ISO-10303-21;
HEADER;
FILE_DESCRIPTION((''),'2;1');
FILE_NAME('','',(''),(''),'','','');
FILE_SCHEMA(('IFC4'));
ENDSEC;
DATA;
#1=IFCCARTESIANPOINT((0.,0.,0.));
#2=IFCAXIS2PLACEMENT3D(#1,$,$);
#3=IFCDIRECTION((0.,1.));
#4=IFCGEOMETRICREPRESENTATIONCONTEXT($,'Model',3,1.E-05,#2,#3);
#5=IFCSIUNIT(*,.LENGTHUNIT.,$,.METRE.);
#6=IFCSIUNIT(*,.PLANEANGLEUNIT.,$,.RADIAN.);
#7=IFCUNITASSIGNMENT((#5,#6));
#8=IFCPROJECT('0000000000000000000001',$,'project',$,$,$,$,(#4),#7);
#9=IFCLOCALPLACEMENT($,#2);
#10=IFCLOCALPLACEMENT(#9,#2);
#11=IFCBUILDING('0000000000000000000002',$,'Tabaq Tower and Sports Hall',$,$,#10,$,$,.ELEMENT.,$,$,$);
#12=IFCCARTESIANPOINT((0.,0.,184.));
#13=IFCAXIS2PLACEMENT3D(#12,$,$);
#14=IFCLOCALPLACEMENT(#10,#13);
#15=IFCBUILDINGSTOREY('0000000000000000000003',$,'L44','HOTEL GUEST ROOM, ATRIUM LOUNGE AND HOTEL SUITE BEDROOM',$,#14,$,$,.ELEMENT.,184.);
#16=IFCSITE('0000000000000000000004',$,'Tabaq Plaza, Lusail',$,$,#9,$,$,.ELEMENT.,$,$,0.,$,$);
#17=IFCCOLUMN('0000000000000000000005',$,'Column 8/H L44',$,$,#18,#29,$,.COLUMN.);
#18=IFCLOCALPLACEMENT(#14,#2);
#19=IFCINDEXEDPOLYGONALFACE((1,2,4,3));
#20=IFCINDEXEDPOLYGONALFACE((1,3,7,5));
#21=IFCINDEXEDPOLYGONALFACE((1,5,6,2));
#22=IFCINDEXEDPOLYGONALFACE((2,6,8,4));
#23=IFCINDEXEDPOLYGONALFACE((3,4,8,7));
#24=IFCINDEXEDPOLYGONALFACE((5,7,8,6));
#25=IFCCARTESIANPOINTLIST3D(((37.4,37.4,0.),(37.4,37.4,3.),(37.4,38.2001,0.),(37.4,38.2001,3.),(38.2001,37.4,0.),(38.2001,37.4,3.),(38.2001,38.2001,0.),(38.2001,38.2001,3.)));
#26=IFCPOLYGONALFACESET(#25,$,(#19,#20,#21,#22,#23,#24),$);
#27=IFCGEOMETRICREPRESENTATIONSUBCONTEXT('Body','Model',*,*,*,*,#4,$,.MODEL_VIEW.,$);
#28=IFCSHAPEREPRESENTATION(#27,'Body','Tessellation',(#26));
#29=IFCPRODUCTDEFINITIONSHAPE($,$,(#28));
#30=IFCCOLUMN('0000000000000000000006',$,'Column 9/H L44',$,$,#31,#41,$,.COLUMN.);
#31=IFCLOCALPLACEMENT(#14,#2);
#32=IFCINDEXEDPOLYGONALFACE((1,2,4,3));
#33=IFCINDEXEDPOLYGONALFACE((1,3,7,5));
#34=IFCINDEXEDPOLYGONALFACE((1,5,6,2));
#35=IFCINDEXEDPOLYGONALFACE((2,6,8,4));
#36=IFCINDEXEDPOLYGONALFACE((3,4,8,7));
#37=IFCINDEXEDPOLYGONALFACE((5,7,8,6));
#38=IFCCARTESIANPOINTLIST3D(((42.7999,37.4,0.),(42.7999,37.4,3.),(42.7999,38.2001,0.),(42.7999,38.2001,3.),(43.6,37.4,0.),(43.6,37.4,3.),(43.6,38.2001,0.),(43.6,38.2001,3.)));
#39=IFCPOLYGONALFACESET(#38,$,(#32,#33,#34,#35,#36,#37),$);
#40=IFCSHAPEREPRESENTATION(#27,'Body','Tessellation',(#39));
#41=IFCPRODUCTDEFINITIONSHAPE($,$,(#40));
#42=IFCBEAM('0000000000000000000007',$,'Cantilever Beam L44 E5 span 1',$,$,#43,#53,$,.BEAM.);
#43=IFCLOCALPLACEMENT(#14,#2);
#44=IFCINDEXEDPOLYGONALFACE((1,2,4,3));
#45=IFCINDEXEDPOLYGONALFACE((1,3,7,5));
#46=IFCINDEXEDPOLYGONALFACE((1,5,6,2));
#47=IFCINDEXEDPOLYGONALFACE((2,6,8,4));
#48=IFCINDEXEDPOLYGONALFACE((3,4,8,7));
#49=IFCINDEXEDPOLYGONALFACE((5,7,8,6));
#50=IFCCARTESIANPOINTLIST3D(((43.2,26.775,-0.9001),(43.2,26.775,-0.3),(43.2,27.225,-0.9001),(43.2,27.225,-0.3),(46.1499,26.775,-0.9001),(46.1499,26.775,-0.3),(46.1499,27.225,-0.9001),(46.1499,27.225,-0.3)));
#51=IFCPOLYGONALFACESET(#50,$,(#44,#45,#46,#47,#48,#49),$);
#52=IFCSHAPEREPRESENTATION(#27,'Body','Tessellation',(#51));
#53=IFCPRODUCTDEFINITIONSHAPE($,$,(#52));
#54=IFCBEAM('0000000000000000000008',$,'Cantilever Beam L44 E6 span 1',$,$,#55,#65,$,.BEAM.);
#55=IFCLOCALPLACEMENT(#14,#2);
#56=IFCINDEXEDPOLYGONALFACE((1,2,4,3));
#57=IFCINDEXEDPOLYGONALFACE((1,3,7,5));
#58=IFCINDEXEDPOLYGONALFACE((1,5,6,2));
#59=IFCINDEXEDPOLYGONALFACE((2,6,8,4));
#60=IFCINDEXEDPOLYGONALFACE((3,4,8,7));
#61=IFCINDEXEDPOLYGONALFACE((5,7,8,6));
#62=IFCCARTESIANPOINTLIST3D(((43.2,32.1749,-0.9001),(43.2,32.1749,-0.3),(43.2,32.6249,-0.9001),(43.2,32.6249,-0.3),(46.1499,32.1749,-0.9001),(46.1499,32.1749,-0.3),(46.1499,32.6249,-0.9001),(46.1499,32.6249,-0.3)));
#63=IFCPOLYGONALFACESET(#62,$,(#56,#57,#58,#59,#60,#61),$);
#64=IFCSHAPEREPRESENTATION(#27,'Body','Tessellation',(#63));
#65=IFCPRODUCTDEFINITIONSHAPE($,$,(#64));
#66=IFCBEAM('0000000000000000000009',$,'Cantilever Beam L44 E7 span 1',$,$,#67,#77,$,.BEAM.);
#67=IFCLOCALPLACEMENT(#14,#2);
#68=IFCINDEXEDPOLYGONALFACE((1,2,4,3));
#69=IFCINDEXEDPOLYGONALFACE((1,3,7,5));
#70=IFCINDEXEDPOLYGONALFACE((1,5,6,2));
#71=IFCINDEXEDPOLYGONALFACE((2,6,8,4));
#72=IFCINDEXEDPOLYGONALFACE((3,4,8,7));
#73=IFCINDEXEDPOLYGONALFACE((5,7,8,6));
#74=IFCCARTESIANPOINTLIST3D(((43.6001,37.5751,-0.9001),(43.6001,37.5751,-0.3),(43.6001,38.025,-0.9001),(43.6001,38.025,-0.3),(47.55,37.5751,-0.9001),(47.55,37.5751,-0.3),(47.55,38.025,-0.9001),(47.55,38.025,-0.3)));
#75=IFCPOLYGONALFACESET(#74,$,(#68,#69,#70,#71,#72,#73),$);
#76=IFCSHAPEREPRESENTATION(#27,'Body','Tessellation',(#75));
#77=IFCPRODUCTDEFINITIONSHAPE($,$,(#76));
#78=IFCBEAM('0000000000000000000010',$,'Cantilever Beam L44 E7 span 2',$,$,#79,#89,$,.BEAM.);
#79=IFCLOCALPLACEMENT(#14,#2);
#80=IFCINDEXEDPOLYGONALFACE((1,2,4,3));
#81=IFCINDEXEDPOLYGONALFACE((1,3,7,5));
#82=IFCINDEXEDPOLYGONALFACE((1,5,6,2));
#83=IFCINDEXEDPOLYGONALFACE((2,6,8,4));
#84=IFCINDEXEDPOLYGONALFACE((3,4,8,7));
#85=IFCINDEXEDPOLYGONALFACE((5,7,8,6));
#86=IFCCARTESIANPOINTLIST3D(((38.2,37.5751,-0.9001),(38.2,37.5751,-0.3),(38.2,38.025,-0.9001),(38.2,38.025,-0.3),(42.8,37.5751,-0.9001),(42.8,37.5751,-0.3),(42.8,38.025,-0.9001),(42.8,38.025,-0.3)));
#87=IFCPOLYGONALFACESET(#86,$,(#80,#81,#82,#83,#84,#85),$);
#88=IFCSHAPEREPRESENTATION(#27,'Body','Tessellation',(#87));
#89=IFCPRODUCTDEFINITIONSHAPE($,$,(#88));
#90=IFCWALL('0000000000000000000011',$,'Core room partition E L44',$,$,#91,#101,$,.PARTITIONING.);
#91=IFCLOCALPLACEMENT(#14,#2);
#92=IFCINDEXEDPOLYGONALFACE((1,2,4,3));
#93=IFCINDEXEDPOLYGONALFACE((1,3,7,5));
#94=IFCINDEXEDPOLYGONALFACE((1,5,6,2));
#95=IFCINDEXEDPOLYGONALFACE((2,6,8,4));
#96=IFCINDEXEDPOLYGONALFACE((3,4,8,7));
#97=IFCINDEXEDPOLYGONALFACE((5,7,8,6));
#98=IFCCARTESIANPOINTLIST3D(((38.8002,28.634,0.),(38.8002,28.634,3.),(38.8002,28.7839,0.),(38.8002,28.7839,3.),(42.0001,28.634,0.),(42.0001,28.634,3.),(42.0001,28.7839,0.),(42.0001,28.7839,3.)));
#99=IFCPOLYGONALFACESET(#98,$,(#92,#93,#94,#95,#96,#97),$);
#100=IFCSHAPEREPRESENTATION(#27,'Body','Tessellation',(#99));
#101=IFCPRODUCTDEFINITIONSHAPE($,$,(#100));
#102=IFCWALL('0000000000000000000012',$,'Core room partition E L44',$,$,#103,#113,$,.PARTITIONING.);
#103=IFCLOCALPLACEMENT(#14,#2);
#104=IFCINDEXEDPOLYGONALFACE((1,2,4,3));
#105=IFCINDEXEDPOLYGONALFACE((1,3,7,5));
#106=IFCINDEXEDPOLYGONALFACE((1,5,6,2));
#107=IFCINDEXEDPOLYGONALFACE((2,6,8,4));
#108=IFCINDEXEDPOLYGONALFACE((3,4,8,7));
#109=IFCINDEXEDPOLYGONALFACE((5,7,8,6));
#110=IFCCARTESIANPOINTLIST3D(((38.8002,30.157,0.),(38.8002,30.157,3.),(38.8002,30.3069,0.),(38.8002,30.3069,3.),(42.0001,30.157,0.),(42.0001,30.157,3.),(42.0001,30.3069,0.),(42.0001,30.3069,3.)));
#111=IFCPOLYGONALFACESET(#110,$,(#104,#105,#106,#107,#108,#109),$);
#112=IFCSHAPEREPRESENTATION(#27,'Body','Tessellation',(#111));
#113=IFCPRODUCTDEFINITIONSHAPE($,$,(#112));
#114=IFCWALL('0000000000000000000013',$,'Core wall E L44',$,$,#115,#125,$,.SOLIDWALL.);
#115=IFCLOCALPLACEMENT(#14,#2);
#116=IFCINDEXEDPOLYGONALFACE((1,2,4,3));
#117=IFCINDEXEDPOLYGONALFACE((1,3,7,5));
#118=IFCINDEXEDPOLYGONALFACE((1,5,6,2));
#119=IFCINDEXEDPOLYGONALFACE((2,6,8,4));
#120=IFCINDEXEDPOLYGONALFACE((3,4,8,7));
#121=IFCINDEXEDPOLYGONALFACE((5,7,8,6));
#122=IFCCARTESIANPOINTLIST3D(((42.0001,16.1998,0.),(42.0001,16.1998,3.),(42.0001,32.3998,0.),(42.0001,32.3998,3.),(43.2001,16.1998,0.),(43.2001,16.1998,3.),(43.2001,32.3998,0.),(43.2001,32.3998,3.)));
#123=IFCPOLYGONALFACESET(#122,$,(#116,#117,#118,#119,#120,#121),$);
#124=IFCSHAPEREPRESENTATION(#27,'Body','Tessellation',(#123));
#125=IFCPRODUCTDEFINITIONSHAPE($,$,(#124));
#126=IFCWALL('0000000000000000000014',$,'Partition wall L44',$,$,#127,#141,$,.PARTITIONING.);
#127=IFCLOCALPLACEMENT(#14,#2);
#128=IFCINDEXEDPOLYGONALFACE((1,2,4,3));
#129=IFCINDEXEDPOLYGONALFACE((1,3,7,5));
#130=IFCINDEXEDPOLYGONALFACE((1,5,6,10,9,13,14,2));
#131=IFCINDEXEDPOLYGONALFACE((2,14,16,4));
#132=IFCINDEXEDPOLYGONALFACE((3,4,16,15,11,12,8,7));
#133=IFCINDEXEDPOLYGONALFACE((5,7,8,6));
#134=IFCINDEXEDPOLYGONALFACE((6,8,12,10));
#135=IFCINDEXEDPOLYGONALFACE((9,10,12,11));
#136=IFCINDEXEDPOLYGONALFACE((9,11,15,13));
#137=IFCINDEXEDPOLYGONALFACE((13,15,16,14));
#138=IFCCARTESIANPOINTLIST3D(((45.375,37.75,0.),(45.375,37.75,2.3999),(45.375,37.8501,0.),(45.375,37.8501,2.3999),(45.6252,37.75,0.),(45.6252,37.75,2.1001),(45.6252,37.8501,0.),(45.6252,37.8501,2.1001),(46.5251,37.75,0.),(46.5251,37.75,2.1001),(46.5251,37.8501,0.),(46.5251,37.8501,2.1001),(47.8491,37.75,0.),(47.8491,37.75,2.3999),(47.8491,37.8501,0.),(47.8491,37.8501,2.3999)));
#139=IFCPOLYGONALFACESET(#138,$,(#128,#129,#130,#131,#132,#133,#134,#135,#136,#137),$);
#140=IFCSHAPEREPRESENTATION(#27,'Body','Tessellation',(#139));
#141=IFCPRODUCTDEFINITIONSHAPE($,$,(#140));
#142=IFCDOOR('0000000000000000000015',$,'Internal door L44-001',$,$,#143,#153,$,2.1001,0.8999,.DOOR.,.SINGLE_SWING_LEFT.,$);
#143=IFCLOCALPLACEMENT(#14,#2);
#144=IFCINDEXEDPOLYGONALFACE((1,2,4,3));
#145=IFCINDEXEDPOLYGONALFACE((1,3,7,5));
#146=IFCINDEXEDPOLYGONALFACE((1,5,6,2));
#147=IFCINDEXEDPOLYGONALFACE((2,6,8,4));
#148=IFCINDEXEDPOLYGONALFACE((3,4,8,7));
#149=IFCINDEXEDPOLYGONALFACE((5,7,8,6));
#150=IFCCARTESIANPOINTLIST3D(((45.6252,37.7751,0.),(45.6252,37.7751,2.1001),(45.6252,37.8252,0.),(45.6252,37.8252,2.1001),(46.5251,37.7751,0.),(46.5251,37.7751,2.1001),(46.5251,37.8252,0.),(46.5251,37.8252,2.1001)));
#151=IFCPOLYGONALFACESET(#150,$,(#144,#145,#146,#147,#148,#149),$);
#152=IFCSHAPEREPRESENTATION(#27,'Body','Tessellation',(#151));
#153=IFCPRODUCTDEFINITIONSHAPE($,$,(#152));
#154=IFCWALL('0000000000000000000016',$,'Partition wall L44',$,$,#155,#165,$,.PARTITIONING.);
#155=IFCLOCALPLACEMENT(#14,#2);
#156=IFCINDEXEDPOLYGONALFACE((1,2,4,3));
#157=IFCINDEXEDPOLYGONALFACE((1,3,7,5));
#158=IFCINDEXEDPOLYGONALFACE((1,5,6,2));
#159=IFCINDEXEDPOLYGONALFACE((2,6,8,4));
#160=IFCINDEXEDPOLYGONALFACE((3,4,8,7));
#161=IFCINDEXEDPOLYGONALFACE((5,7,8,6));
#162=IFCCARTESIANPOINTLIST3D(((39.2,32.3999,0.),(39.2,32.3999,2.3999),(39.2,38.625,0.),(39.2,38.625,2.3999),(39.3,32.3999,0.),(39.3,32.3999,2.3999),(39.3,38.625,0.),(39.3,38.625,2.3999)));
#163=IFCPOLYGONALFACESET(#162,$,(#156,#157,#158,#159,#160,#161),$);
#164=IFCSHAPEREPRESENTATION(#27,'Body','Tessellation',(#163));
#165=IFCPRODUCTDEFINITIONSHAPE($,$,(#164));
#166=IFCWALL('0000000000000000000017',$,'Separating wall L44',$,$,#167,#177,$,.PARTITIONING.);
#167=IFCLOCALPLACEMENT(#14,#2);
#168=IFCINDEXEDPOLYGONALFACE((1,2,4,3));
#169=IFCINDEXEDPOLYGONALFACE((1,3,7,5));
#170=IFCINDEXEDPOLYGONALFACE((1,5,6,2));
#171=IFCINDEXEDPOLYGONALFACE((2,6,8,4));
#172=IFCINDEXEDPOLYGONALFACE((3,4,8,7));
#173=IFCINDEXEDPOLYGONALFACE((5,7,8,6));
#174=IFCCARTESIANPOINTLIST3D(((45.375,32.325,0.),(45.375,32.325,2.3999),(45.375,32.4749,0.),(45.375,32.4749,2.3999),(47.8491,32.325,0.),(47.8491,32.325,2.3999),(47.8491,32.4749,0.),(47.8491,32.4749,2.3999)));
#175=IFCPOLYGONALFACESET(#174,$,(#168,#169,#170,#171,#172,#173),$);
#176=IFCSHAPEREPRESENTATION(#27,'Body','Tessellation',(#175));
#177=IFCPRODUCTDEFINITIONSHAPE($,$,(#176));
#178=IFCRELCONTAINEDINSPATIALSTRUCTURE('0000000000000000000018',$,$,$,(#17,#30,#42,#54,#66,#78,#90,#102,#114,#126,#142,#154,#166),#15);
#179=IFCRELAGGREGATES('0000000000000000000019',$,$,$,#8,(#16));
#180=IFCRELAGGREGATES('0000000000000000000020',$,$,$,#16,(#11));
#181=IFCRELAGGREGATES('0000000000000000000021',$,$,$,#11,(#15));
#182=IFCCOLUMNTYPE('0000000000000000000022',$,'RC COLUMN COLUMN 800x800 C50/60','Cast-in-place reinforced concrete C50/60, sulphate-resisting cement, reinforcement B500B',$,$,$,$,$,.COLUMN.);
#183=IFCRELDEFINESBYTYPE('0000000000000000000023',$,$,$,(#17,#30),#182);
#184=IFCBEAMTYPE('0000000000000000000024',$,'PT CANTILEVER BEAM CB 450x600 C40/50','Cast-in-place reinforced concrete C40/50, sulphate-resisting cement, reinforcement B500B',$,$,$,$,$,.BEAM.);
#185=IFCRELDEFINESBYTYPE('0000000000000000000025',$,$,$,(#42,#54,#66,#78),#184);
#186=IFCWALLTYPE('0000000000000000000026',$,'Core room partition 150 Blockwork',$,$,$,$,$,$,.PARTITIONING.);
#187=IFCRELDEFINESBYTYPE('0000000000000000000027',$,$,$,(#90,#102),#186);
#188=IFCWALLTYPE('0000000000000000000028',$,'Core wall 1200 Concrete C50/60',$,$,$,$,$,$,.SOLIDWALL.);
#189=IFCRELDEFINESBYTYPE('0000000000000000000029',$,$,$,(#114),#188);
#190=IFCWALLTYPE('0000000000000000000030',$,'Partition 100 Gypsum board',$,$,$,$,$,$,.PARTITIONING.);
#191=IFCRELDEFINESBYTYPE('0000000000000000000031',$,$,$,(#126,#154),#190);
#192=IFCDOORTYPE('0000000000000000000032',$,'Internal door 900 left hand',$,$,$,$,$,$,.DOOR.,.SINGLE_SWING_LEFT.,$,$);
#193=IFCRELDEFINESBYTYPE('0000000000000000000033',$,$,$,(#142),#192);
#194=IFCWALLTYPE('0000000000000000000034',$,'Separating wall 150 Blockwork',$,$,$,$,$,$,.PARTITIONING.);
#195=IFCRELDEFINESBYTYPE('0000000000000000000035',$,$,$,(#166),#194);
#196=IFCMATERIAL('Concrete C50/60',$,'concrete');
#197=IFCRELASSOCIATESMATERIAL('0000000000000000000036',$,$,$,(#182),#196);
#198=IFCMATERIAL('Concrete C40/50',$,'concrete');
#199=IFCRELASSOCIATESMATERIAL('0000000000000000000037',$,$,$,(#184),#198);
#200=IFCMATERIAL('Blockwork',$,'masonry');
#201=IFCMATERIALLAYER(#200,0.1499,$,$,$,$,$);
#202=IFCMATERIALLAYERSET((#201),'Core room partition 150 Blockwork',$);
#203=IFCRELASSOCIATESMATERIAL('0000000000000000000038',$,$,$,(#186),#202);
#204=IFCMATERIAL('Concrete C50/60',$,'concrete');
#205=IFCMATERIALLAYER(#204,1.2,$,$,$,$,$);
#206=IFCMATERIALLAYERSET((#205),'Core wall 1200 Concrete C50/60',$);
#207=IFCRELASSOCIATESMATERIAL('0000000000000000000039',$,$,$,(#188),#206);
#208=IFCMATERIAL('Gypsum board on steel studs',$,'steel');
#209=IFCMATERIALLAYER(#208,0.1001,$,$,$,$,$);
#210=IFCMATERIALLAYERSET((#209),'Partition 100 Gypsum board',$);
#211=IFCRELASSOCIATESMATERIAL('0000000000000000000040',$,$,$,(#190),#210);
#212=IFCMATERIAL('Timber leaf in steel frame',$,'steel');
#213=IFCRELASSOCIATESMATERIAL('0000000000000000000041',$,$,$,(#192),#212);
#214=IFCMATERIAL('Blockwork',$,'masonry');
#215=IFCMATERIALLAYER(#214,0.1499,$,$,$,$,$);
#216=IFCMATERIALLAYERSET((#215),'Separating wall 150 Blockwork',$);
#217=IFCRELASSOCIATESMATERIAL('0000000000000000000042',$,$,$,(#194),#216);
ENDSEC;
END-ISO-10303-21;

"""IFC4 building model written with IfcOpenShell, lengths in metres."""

from ifc_helpers import new_model, si_unit, direction, frame, frame_2d, origin, origin_2d, place, context, subcontext, project, spatial, rectangle, extrude, material, layer, layer_set, material_profile, profile_set, type_object, element, fill, save


model = new_model("IFC4")

# Units and contexts
model_context = context("Model", 3, precision=1e-05, world=origin(), true_north=direction((0.0, 1.0)))
body_context = subcontext(model_context, "Body", "Model", "MODEL_VIEW")
ifc_project = project(units=[si_unit("LENGTHUNIT", "METRE"), si_unit("PLANEANGLEUNIT", "RADIAN")], contexts=[model_context])

# Site, building, storey
site_placement = place(None, origin())
site = spatial("IfcSite", under=ifc_project, at=site_placement, Name="Tabaq Plaza, Lusail", CompositionType="ELEMENT", RefElevation=0.0)
building_placement = place(site_placement, origin())
building = spatial("IfcBuilding", under=site, at=building_placement, Name="Tabaq Tower and Sports Hall", CompositionType="ELEMENT")
storey_placement = place(building_placement, frame((0.0, 0.0, 184.0)))
storey = spatial("IfcBuildingStorey", under=building, at=storey_placement, Name="L44", Description="HOTEL GUEST ROOM, ATRIUM LOUNGE AND HOTEL SUITE BEDROOM", CompositionType="ELEMENT", Elevation=184.0)

# Columns
ifc_material_1 = material(Name="Concrete C50/60", Category="concrete")
ifc_material_profile_1 = material_profile(ifc_material_1, rectangle(XDim=0.8, YDim=0.8, at=origin_2d()), Name="COLUMN 800x800")
ifc_profile_set_1 = profile_set([ifc_material_profile_1], Name="Concrete C50/60")
column_type = type_object("IfcColumnType", Name="RC COLUMN COLUMN 800x800 C50/60", Description="Cast-in-place reinforced concrete C50/60, sulphate-resisting cement, reinforcement B500B", PredefinedType="COLUMN", material=ifc_profile_set_1)
for number, where, z_axis, x_axis, name in (
    (1, (37.8, 37.8, 0.0), (0.0, 0.0, 1.0), (1.0, 0.0, 0.0), "Column 8/H L44"),
    (2, (43.2, 37.8, 0.0), (0.0, 0.0, 1.0), (1.0, 0.0, 0.0), "Column 9/H L44"),
):
    element("IfcColumn", number, at=place(storey_placement, frame(where, z_axis=z_axis, x_axis=x_axis)), inside=storey, type_object=column_type, Name=name, PredefinedType="COLUMN", context=body_context, shape_type="SweptSolid", body=[
        extrude(rectangle(XDim=0.8, YDim=0.8, at=origin_2d()), origin(), (0.0, 0.0, 1.0), 3.0),
    ])

# Beams
ifc_material_2 = material(Name="Concrete C40/50", Category="concrete")
ifc_material_profile_2 = material_profile(ifc_material_2, rectangle(XDim=0.45, YDim=0.6001, at=origin_2d()), Name="CB 450x600")
ifc_profile_set_2 = profile_set([ifc_material_profile_2], Name="Concrete C40/50")
beam_type = type_object("IfcBeamType", Name="PT CANTILEVER BEAM CB 450x600 C40/50", Description="Cast-in-place reinforced concrete C40/50, sulphate-resisting cement, reinforcement B500B", PredefinedType="BEAM", material=ifc_profile_set_2)
for number, where, z_axis, x_axis, name in (
    (3, (46.1499, 27.0, -0.6001), (-1.0, 0.0, 0.0), (0.0, -1.0, 0.0), "Cantilever Beam L44 E5 span 1"),
    (4, (46.1499, 32.3999, -0.6001), (-1.0, 0.0, 0.0), (0.0, -1.0, 0.0), "Cantilever Beam L44 E6 span 1"),
):
    element("IfcBeam", number, at=place(storey_placement, frame(where, z_axis=z_axis, x_axis=x_axis)), inside=storey, type_object=beam_type, Name=name, PredefinedType="BEAM", context=body_context, shape_type="SweptSolid", body=[
        extrude(rectangle(XDim=0.45, YDim=0.6001, at=origin_2d()), origin(), (0.0, 0.0, 1.0), 2.95),
    ])
beam_1_placement = place(storey_placement, frame((47.55, 37.8, -0.6001), z_axis=(-1.0, 0.0, 0.0), x_axis=(0.0, -1.0, 0.0)))
element("IfcBeam", 5, at=beam_1_placement, inside=storey, type_object=beam_type, Name="Cantilever Beam L44 E7 span 1", PredefinedType="BEAM", context=body_context, shape_type="SweptSolid", body=[
    extrude(rectangle(XDim=0.45, YDim=0.6001, at=origin_2d()), origin(), (0.0, 0.0, 1.0), 3.95),
])
beam_2_placement = place(storey_placement, frame((42.8, 37.8, -0.6001), z_axis=(-1.0, 0.0, 0.0), x_axis=(0.0, -1.0, 0.0)))
element("IfcBeam", 6, at=beam_2_placement, inside=storey, type_object=beam_type, Name="Cantilever Beam L44 E7 span 2", PredefinedType="BEAM", context=body_context, shape_type="SweptSolid", body=[
    extrude(rectangle(XDim=0.45, YDim=0.6001, at=origin_2d()), origin(), (0.0, 0.0, 1.0), 4.6001),
])

# Walls
ifc_material_3 = material(Name="Blockwork", Category="masonry")
ifc_layer_1 = layer(ifc_material_3, 0.1499)
ifc_layer_set_1 = layer_set([ifc_layer_1], Name="Core room partition 150 Blockwork")
wall_type_1 = type_object("IfcWallType", Name="Core room partition 150 Blockwork", PredefinedType="PARTITIONING", material=ifc_layer_set_1)
for number, where, z_axis, x_axis, name in (
    (7, (38.8, 28.709, 0.0), (0.0, 0.0, 1.0), (1.0, 0.0, 0.0), "Core room partition E L44"),
    (8, (38.8, 30.2319, 0.0), (0.0, 0.0, 1.0), (1.0, 0.0, 0.0), "Core room partition E L44"),
):
    element("IfcWall", number, at=place(storey_placement, frame(where, z_axis=z_axis, x_axis=x_axis)), inside=storey, type_object=wall_type_1, Name=name, PredefinedType="PARTITIONING", context=body_context, shape_type="SweptSolid", body=[
        extrude(rectangle(XDim=3.2, YDim=0.1499, at=frame_2d((1.6001, 0.0))), origin(), (0.0, 0.0, 1.0), 3.0),
    ])
ifc_material_4 = material(Name="Concrete C50/60", Category="concrete")
ifc_layer_2 = layer(ifc_material_4, 1.2)
ifc_layer_set_2 = layer_set([ifc_layer_2], Name="Core wall 1200 Concrete C50/60")
wall_type_2 = type_object("IfcWallType", Name="Core wall 1200 Concrete C50/60", PredefinedType="SOLIDWALL", material=ifc_layer_set_2)
wall_1_placement = place(storey_placement, frame((42.6001, 32.3999, 0.0), z_axis=(0.0, 0.0, 1.0), x_axis=(0.0, -1.0, 0.0)))
element("IfcWall", 9, at=wall_1_placement, inside=storey, type_object=wall_type_2, Name="Core wall E L44", PredefinedType="SOLIDWALL", context=body_context, shape_type="SweptSolid", body=[
    extrude(rectangle(XDim=16.2, YDim=1.2, at=frame_2d((8.1001, 0.0))), origin(), (0.0, 0.0, 1.0), 3.0),
])

# Wall, opening, door
ifc_material_5 = material(Name="Gypsum board on steel studs", Category="steel")
ifc_layer_3 = layer(ifc_material_5, 0.1001)
ifc_layer_set_3 = layer_set([ifc_layer_3], Name="Partition 100 Gypsum board")
wall_type_3 = type_object("IfcWallType", Name="Partition 100 Gypsum board", PredefinedType="PARTITIONING", material=ifc_layer_set_3)
wall_2_placement = place(storey_placement, frame((47.8491, 37.8, 0.0), z_axis=(0.0, 0.0, 1.0), x_axis=(-1.0, 0.0, 0.0)))
wall_2 = element("IfcWall", 10, at=wall_2_placement, inside=storey, type_object=wall_type_3, Name="Partition wall L44", PredefinedType="PARTITIONING", context=body_context, shape_type="SweptSolid", body=[
    extrude(rectangle(XDim=2.4741, YDim=0.1001, at=frame_2d((1.2371, 0.0))), origin(), (0.0, 0.0, 1.0), 2.3999),
])
opening_1_placement = place(wall_2_placement, frame((1.324, 0.0, 0.0)))
opening_1 = element("IfcOpeningElement", 11, at=opening_1_placement, cuts=wall_2, PredefinedType="OPENING", context=body_context, shape_type="SweptSolid", body=[
    extrude(rectangle(XDim=0.8999, YDim=2.1001, at=frame_2d((0.45, 1.05))), frame((0.0, 0.05, 0.0), z_axis=(0.0, -1.0, 0.0), x_axis=(1.0, 0.0, 0.0)), (0.0, 0.0, 1.0), 0.1001),
])
ifc_material_6 = material(Name="Timber leaf in steel frame", Category="steel")
door_type_1 = type_object("IfcDoorType", Name="Internal door 900 left hand", OperationType="SINGLE_SWING_LEFT", PredefinedType="DOOR", material=ifc_material_6)
door_1_placement = place(opening_1_placement, origin())
door_1 = element("IfcDoor", 12, at=door_1_placement, inside=storey, type_object=door_type_1, Name="Internal door L44-001", OperationType="SINGLE_SWING_LEFT", OverallHeight=2.1001, OverallWidth=0.8999, PredefinedType="DOOR", context=body_context, shape_type="SweptSolid", body=[
    extrude(rectangle(XDim=0.8999, YDim=2.1001, at=frame_2d((0.45, 1.05))), frame((0.0, 0.0249, 0.0), z_axis=(0.0, -1.0, 0.0), x_axis=(1.0, 0.0, 0.0)), (0.0, 0.0, 1.0), 0.05),
])
fill(opening_1, door_1)

# Walls
wall_3_placement = place(storey_placement, frame((39.25, 32.3999, 0.0), z_axis=(0.0, 0.0, 1.0), x_axis=(0.0, 1.0, 0.0)))
element("IfcWall", 13, at=wall_3_placement, inside=storey, type_object=wall_type_3, Name="Partition wall L44", PredefinedType="PARTITIONING", context=body_context, shape_type="SweptSolid", body=[
    extrude(rectangle(XDim=6.2251, YDim=0.1001, at=frame_2d((3.1125, 0.0))), origin(), (0.0, 0.0, 1.0), 2.3999),
])
ifc_material_7 = material(Name="Blockwork", Category="masonry")
ifc_layer_4 = layer(ifc_material_7, 0.1499)
ifc_layer_set_4 = layer_set([ifc_layer_4], Name="Separating wall 150 Blockwork")
wall_type_4 = type_object("IfcWallType", Name="Separating wall 150 Blockwork", PredefinedType="PARTITIONING", material=ifc_layer_set_4)
wall_4_placement = place(storey_placement, frame((45.375, 32.3999, 0.0), z_axis=(0.0, 0.0, 1.0), x_axis=(1.0, 0.0, 0.0)))
element("IfcWall", 14, at=wall_4_placement, inside=storey, type_object=wall_type_4, Name="Separating wall L44", PredefinedType="PARTITIONING", context=body_context, shape_type="SweptSolid", body=[
    extrude(rectangle(XDim=2.4741, YDim=0.1499, at=frame_2d((1.2371, 0.0))), origin(), (0.0, 0.0, 1.0), 2.3999),
])

save(model, "model.ifc")
